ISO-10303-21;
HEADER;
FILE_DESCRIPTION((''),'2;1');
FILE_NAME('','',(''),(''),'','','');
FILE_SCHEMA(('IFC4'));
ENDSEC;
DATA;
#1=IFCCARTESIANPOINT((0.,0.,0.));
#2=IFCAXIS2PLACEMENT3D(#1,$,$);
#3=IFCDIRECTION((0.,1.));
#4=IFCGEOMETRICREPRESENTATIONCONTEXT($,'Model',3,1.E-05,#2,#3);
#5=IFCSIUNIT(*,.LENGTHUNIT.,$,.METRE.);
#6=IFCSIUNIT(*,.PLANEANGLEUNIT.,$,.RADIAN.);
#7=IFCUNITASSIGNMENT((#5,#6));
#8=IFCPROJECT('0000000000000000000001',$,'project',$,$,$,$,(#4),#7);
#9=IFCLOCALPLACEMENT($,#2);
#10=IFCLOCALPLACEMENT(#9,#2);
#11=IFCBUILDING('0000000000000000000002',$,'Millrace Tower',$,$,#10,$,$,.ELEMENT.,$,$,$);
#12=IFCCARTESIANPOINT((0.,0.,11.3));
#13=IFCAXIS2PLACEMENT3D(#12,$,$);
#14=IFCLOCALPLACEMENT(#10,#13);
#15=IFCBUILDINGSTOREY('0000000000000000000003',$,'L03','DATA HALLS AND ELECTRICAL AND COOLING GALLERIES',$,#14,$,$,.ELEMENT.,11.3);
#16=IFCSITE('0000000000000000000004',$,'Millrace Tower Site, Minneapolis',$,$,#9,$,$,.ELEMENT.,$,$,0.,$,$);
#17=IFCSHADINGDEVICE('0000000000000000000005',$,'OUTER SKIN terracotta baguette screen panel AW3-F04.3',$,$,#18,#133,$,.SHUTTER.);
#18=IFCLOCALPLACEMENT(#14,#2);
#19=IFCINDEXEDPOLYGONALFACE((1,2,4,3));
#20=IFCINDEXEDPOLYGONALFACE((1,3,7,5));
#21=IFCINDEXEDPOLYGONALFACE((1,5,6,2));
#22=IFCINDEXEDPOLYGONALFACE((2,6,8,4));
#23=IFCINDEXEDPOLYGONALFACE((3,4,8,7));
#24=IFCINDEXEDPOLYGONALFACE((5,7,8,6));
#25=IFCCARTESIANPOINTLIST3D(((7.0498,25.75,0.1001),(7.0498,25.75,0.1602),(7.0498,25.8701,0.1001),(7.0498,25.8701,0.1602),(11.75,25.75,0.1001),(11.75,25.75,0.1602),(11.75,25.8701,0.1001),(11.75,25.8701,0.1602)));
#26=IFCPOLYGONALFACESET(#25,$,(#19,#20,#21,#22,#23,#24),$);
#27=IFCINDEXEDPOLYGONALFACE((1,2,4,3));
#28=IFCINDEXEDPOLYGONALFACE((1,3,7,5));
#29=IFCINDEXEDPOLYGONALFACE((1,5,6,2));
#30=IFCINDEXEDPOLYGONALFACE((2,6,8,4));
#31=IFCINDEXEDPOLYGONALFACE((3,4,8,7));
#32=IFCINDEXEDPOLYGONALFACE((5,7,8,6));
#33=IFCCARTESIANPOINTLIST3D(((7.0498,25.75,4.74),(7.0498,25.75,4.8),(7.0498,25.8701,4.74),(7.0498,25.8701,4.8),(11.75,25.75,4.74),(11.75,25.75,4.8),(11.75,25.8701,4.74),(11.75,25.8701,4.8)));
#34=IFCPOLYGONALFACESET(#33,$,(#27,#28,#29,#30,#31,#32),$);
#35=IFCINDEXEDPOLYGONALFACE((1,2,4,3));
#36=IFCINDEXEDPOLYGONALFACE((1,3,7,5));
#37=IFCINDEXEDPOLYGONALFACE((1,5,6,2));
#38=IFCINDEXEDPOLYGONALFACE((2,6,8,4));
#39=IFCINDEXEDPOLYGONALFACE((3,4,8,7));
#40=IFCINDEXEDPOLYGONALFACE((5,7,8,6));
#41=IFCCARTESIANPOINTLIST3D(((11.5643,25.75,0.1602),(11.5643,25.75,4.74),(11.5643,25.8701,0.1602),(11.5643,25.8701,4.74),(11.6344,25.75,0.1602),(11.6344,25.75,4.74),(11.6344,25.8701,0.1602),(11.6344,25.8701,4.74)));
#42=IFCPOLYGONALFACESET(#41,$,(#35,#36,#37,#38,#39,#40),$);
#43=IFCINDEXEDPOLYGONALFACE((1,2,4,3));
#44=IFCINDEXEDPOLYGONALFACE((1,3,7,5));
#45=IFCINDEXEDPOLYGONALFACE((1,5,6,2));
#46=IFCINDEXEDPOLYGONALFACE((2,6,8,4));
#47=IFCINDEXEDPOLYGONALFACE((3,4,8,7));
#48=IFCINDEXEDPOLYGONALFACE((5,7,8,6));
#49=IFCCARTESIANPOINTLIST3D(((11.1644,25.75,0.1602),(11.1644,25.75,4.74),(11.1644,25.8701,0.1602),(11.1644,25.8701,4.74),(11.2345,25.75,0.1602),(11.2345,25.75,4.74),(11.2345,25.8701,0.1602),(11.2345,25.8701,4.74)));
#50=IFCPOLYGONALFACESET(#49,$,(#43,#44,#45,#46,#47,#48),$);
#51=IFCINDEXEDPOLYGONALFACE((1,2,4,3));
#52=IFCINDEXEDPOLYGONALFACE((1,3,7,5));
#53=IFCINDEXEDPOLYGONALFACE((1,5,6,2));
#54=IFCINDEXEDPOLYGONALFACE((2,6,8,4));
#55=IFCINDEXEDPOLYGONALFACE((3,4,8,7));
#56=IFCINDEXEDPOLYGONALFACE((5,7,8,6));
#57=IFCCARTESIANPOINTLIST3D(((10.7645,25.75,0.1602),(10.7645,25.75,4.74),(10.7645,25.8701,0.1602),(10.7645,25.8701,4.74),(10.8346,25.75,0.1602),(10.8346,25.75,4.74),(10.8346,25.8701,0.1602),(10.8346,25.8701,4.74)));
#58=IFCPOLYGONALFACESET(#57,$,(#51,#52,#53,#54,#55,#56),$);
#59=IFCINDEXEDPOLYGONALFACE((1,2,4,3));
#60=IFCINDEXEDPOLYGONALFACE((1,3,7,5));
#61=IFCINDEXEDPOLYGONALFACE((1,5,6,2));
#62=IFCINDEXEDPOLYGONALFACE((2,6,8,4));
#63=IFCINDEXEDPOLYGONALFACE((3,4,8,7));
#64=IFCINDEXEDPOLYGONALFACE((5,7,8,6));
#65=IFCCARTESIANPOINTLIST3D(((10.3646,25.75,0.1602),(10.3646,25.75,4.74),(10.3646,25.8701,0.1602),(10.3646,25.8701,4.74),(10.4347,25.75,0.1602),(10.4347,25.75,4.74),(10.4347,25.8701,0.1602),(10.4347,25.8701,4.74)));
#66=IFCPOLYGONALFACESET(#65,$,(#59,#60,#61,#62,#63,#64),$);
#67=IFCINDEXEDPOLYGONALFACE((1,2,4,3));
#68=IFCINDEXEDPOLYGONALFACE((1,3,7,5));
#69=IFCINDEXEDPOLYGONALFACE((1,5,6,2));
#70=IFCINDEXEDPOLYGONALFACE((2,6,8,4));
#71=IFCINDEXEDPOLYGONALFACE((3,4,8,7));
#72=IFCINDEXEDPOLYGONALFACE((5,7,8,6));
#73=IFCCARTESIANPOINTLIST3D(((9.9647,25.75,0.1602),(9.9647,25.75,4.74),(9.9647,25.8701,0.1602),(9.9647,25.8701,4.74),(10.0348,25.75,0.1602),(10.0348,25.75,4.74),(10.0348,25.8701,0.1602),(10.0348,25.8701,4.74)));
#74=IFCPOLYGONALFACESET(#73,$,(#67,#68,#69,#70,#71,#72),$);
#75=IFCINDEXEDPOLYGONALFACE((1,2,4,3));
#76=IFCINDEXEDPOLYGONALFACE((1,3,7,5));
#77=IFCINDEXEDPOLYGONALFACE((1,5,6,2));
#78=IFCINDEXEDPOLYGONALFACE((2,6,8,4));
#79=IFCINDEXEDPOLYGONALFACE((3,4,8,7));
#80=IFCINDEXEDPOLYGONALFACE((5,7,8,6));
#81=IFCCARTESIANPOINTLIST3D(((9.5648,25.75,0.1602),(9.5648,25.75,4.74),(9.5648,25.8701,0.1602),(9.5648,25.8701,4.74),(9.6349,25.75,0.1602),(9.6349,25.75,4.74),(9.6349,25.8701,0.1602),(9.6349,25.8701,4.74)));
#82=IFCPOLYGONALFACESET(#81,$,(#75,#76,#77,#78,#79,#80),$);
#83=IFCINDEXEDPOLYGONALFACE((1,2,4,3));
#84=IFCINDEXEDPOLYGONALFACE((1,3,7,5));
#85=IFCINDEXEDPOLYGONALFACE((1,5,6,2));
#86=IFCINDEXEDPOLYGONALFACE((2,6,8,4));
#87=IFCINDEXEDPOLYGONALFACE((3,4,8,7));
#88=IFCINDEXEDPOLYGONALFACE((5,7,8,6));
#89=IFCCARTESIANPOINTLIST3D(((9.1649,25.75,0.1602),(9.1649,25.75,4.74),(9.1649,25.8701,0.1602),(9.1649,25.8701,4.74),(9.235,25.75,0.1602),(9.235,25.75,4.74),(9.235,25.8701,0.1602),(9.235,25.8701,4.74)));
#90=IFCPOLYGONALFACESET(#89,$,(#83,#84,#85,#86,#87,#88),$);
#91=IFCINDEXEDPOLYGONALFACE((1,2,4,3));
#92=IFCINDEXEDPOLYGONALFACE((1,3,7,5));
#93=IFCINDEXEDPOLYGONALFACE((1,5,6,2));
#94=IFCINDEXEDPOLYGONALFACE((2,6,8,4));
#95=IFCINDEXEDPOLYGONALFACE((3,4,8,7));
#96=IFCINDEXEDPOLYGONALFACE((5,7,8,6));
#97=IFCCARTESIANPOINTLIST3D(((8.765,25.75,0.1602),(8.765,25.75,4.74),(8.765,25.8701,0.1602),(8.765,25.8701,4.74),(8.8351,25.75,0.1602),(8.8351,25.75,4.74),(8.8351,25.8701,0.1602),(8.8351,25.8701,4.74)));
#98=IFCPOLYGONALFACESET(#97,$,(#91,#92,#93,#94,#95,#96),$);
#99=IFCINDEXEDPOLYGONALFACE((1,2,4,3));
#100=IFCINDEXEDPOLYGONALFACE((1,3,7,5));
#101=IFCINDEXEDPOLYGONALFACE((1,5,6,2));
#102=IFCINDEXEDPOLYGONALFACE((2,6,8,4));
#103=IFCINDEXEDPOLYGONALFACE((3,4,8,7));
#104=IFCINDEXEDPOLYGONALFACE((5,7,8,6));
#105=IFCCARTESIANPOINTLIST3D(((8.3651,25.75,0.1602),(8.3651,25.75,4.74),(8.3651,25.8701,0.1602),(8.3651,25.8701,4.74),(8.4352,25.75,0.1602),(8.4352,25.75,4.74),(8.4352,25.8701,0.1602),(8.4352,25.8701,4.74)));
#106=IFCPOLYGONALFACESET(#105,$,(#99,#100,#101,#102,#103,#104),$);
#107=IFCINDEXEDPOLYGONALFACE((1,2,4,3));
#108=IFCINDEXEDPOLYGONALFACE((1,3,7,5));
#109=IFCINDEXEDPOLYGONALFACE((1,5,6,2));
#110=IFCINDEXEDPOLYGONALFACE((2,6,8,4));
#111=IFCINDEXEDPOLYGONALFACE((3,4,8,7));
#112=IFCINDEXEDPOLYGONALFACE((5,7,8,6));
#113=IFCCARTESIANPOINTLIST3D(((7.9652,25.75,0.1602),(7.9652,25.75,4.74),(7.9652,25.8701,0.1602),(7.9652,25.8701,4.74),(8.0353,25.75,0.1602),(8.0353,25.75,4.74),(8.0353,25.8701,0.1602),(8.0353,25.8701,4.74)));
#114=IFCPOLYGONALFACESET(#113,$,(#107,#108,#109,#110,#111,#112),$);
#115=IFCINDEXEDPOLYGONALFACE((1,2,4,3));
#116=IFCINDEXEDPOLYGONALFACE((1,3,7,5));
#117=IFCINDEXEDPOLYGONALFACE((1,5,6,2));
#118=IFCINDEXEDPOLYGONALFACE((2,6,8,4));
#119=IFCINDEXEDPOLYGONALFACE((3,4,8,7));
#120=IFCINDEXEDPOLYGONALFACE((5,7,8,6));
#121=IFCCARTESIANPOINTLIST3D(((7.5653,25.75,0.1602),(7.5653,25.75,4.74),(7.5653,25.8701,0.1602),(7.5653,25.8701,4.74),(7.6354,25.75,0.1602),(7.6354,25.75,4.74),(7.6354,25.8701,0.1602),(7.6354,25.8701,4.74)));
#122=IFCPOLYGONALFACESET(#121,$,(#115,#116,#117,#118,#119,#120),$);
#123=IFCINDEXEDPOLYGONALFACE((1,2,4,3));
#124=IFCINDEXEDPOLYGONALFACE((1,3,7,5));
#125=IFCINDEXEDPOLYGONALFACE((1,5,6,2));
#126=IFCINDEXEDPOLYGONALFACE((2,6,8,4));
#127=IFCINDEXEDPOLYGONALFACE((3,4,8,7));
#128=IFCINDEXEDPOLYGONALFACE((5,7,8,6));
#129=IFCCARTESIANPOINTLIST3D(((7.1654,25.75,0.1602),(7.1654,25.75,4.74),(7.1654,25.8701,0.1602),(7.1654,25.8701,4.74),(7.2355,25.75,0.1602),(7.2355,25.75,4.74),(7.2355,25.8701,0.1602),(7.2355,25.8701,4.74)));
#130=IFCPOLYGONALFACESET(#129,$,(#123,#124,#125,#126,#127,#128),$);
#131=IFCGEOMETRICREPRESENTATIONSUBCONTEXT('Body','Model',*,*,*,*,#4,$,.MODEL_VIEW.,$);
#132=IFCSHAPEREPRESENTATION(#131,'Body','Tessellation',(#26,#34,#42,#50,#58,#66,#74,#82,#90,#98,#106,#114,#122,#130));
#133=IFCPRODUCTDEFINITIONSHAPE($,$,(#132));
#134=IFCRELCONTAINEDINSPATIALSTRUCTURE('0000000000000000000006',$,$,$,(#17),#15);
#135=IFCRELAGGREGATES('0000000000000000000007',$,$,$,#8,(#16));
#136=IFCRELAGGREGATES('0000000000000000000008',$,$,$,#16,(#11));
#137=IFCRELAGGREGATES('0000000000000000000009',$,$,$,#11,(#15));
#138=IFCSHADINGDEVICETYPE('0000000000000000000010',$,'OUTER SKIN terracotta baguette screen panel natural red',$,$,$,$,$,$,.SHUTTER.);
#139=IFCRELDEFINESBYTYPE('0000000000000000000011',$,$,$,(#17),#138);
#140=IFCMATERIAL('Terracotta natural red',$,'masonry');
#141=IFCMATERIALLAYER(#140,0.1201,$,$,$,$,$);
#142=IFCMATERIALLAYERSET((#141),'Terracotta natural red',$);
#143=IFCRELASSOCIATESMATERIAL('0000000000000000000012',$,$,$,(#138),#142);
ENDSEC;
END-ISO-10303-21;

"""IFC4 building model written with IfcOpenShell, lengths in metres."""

from ifc_helpers import new_model, entity, si_unit, direction, frame, frame_2d, origin, place, context, subcontext, project, spatial, rectangle, extrude, source, transform, mapped, material, layer, layer_set, type_object, element, save


model = new_model("IFC4")

# Units and contexts
model_context = context("Model", 3, precision=1e-05, world=origin(), true_north=direction((0.0, 1.0)))
body_context = subcontext(model_context, "Body", "Model", "MODEL_VIEW")
ifc_project = project(units=[si_unit("LENGTHUNIT", "METRE"), si_unit("PLANEANGLEUNIT", "RADIAN")], contexts=[model_context])

# Site, building, storey
site_placement = place(None, origin())
site = spatial("IfcSite", under=ifc_project, at=site_placement, Name="Millrace Tower Site, Minneapolis", CompositionType="ELEMENT", RefElevation=0.0)
building_placement = place(site_placement, origin())
building = spatial("IfcBuilding", under=site, at=building_placement, Name="Millrace Tower", CompositionType="ELEMENT")
storey_placement = place(building_placement, frame((0.0, 0.0, 11.3)))
storey = spatial("IfcBuildingStorey", under=building, at=storey_placement, Name="L03", Description="DATA HALLS AND ELECTRICAL AND COOLING GALLERIES", CompositionType="ELEMENT", Elevation=11.3)

# Shading device
ifc_material_1 = material(Name="Terracotta natural red", Category="masonry")
ifc_layer_1 = layer(ifc_material_1, 0.1201)
ifc_layer_set_1 = layer_set([ifc_layer_1], Name="Terracotta natural red")
shading_device_type_1 = type_object("IfcShadingDeviceType", Name="OUTER SKIN terracotta baguette screen panel natural red", PredefinedType="SHUTTER", material=ifc_layer_set_1)
cartesian_point_1 = entity("IfcCartesianPoint", [-2.3501, 0.0601])
shared_polyline_1 = entity("IfcPolyline", [cartesian_point_1, entity("IfcCartesianPoint", [2.3501, 0.0601]), entity("IfcCartesianPoint", [2.3501, -0.0601]), entity("IfcCartesianPoint", [-2.3501, -0.0601]), cartesian_point_1])
shared_shape_1 = source(origin(), body_context, "Body", "SweptSolid", [
    entity("IfcExtrudedAreaSolid", entity("IfcArbitraryClosedProfileDef", "AREA", None, shared_polyline_1), entity("IfcAxis2Placement3D", entity("IfcCartesianPoint", [0.0, 0.0, 0.0])), entity("IfcDirection", [0.0, 0.0, 1.0]), 0.0601),
    entity("IfcExtrudedAreaSolid", entity("IfcArbitraryClosedProfileDef", "AREA", None, shared_polyline_1), entity("IfcAxis2Placement3D", entity("IfcCartesianPoint", [0.0, 0.0, 4.6399])), entity("IfcDirection", [0.0, 0.0, 1.0]), 0.0601),
    extrude(rectangle(XDim=0.0701, YDim=0.1201, at=frame_2d((-2.1995, 0.0))), frame((0.0, 0.0, 0.0601)), (0.0, 0.0, 1.0), 4.5798),
    extrude(rectangle(XDim=0.0701, YDim=0.1201, at=frame_2d((-1.7996, 0.0))), frame((0.0, 0.0, 0.0601)), (0.0, 0.0, 1.0), 4.5798),
    extrude(rectangle(XDim=0.0701, YDim=0.1201, at=frame_2d((-1.3997, 0.0))), frame((0.0, 0.0, 0.0601)), (0.0, 0.0, 1.0), 4.5798),
    extrude(rectangle(XDim=0.0701, YDim=0.1201, at=frame_2d((-0.9998, 0.0))), frame((0.0, 0.0, 0.0601)), (0.0, 0.0, 1.0), 4.5798),
    extrude(rectangle(XDim=0.0701, YDim=0.1201, at=frame_2d((-0.5999, 0.0))), frame((0.0, 0.0, 0.0601)), (0.0, 0.0, 1.0), 4.5798),
    extrude(rectangle(XDim=0.0701, YDim=0.1201, at=frame_2d((-0.2, 0.0))), frame((0.0, 0.0, 0.0601)), (0.0, 0.0, 1.0), 4.5798),
    extrude(rectangle(XDim=0.0701, YDim=0.1201, at=frame_2d((0.2, 0.0))), frame((0.0, 0.0, 0.0601)), (0.0, 0.0, 1.0), 4.5798),
    extrude(rectangle(XDim=0.0701, YDim=0.1201, at=frame_2d((0.5999, 0.0))), frame((0.0, 0.0, 0.0601)), (0.0, 0.0, 1.0), 4.5798),
    extrude(rectangle(XDim=0.0701, YDim=0.1201, at=frame_2d((0.9998, 0.0))), frame((0.0, 0.0, 0.0601)), (0.0, 0.0, 1.0), 4.5798),
    extrude(rectangle(XDim=0.0701, YDim=0.1201, at=frame_2d((1.3997, 0.0))), frame((0.0, 0.0, 0.0601)), (0.0, 0.0, 1.0), 4.5798),
    extrude(rectangle(XDim=0.0701, YDim=0.1201, at=frame_2d((1.7996, 0.0))), frame((0.0, 0.0, 0.0601)), (0.0, 0.0, 1.0), 4.5798),
    extrude(rectangle(XDim=0.0701, YDim=0.1201, at=frame_2d((2.1995, 0.0))), frame((0.0, 0.0, 0.0601)), (0.0, 0.0, 1.0), 4.5798),
])
shading_device_1_placement = place(storey_placement, frame((9.3999, 25.8101, 0.1001), z_axis=(0.0, 0.0, 1.0), x_axis=(-1.0, 0.0, 0.0)))
element("IfcShadingDevice", 1, at=shading_device_1_placement, inside=storey, type_object=shading_device_type_1, Name="OUTER SKIN terracotta baguette screen panel AW3-F04.3", PredefinedType="SHUTTER", context=body_context, shape_type="MappedRepresentation", body=[
    mapped(shared_shape_1, transform((0.0, 0.0, 0.0), scale=1.0)),
])

save(model, "model.ifc")
